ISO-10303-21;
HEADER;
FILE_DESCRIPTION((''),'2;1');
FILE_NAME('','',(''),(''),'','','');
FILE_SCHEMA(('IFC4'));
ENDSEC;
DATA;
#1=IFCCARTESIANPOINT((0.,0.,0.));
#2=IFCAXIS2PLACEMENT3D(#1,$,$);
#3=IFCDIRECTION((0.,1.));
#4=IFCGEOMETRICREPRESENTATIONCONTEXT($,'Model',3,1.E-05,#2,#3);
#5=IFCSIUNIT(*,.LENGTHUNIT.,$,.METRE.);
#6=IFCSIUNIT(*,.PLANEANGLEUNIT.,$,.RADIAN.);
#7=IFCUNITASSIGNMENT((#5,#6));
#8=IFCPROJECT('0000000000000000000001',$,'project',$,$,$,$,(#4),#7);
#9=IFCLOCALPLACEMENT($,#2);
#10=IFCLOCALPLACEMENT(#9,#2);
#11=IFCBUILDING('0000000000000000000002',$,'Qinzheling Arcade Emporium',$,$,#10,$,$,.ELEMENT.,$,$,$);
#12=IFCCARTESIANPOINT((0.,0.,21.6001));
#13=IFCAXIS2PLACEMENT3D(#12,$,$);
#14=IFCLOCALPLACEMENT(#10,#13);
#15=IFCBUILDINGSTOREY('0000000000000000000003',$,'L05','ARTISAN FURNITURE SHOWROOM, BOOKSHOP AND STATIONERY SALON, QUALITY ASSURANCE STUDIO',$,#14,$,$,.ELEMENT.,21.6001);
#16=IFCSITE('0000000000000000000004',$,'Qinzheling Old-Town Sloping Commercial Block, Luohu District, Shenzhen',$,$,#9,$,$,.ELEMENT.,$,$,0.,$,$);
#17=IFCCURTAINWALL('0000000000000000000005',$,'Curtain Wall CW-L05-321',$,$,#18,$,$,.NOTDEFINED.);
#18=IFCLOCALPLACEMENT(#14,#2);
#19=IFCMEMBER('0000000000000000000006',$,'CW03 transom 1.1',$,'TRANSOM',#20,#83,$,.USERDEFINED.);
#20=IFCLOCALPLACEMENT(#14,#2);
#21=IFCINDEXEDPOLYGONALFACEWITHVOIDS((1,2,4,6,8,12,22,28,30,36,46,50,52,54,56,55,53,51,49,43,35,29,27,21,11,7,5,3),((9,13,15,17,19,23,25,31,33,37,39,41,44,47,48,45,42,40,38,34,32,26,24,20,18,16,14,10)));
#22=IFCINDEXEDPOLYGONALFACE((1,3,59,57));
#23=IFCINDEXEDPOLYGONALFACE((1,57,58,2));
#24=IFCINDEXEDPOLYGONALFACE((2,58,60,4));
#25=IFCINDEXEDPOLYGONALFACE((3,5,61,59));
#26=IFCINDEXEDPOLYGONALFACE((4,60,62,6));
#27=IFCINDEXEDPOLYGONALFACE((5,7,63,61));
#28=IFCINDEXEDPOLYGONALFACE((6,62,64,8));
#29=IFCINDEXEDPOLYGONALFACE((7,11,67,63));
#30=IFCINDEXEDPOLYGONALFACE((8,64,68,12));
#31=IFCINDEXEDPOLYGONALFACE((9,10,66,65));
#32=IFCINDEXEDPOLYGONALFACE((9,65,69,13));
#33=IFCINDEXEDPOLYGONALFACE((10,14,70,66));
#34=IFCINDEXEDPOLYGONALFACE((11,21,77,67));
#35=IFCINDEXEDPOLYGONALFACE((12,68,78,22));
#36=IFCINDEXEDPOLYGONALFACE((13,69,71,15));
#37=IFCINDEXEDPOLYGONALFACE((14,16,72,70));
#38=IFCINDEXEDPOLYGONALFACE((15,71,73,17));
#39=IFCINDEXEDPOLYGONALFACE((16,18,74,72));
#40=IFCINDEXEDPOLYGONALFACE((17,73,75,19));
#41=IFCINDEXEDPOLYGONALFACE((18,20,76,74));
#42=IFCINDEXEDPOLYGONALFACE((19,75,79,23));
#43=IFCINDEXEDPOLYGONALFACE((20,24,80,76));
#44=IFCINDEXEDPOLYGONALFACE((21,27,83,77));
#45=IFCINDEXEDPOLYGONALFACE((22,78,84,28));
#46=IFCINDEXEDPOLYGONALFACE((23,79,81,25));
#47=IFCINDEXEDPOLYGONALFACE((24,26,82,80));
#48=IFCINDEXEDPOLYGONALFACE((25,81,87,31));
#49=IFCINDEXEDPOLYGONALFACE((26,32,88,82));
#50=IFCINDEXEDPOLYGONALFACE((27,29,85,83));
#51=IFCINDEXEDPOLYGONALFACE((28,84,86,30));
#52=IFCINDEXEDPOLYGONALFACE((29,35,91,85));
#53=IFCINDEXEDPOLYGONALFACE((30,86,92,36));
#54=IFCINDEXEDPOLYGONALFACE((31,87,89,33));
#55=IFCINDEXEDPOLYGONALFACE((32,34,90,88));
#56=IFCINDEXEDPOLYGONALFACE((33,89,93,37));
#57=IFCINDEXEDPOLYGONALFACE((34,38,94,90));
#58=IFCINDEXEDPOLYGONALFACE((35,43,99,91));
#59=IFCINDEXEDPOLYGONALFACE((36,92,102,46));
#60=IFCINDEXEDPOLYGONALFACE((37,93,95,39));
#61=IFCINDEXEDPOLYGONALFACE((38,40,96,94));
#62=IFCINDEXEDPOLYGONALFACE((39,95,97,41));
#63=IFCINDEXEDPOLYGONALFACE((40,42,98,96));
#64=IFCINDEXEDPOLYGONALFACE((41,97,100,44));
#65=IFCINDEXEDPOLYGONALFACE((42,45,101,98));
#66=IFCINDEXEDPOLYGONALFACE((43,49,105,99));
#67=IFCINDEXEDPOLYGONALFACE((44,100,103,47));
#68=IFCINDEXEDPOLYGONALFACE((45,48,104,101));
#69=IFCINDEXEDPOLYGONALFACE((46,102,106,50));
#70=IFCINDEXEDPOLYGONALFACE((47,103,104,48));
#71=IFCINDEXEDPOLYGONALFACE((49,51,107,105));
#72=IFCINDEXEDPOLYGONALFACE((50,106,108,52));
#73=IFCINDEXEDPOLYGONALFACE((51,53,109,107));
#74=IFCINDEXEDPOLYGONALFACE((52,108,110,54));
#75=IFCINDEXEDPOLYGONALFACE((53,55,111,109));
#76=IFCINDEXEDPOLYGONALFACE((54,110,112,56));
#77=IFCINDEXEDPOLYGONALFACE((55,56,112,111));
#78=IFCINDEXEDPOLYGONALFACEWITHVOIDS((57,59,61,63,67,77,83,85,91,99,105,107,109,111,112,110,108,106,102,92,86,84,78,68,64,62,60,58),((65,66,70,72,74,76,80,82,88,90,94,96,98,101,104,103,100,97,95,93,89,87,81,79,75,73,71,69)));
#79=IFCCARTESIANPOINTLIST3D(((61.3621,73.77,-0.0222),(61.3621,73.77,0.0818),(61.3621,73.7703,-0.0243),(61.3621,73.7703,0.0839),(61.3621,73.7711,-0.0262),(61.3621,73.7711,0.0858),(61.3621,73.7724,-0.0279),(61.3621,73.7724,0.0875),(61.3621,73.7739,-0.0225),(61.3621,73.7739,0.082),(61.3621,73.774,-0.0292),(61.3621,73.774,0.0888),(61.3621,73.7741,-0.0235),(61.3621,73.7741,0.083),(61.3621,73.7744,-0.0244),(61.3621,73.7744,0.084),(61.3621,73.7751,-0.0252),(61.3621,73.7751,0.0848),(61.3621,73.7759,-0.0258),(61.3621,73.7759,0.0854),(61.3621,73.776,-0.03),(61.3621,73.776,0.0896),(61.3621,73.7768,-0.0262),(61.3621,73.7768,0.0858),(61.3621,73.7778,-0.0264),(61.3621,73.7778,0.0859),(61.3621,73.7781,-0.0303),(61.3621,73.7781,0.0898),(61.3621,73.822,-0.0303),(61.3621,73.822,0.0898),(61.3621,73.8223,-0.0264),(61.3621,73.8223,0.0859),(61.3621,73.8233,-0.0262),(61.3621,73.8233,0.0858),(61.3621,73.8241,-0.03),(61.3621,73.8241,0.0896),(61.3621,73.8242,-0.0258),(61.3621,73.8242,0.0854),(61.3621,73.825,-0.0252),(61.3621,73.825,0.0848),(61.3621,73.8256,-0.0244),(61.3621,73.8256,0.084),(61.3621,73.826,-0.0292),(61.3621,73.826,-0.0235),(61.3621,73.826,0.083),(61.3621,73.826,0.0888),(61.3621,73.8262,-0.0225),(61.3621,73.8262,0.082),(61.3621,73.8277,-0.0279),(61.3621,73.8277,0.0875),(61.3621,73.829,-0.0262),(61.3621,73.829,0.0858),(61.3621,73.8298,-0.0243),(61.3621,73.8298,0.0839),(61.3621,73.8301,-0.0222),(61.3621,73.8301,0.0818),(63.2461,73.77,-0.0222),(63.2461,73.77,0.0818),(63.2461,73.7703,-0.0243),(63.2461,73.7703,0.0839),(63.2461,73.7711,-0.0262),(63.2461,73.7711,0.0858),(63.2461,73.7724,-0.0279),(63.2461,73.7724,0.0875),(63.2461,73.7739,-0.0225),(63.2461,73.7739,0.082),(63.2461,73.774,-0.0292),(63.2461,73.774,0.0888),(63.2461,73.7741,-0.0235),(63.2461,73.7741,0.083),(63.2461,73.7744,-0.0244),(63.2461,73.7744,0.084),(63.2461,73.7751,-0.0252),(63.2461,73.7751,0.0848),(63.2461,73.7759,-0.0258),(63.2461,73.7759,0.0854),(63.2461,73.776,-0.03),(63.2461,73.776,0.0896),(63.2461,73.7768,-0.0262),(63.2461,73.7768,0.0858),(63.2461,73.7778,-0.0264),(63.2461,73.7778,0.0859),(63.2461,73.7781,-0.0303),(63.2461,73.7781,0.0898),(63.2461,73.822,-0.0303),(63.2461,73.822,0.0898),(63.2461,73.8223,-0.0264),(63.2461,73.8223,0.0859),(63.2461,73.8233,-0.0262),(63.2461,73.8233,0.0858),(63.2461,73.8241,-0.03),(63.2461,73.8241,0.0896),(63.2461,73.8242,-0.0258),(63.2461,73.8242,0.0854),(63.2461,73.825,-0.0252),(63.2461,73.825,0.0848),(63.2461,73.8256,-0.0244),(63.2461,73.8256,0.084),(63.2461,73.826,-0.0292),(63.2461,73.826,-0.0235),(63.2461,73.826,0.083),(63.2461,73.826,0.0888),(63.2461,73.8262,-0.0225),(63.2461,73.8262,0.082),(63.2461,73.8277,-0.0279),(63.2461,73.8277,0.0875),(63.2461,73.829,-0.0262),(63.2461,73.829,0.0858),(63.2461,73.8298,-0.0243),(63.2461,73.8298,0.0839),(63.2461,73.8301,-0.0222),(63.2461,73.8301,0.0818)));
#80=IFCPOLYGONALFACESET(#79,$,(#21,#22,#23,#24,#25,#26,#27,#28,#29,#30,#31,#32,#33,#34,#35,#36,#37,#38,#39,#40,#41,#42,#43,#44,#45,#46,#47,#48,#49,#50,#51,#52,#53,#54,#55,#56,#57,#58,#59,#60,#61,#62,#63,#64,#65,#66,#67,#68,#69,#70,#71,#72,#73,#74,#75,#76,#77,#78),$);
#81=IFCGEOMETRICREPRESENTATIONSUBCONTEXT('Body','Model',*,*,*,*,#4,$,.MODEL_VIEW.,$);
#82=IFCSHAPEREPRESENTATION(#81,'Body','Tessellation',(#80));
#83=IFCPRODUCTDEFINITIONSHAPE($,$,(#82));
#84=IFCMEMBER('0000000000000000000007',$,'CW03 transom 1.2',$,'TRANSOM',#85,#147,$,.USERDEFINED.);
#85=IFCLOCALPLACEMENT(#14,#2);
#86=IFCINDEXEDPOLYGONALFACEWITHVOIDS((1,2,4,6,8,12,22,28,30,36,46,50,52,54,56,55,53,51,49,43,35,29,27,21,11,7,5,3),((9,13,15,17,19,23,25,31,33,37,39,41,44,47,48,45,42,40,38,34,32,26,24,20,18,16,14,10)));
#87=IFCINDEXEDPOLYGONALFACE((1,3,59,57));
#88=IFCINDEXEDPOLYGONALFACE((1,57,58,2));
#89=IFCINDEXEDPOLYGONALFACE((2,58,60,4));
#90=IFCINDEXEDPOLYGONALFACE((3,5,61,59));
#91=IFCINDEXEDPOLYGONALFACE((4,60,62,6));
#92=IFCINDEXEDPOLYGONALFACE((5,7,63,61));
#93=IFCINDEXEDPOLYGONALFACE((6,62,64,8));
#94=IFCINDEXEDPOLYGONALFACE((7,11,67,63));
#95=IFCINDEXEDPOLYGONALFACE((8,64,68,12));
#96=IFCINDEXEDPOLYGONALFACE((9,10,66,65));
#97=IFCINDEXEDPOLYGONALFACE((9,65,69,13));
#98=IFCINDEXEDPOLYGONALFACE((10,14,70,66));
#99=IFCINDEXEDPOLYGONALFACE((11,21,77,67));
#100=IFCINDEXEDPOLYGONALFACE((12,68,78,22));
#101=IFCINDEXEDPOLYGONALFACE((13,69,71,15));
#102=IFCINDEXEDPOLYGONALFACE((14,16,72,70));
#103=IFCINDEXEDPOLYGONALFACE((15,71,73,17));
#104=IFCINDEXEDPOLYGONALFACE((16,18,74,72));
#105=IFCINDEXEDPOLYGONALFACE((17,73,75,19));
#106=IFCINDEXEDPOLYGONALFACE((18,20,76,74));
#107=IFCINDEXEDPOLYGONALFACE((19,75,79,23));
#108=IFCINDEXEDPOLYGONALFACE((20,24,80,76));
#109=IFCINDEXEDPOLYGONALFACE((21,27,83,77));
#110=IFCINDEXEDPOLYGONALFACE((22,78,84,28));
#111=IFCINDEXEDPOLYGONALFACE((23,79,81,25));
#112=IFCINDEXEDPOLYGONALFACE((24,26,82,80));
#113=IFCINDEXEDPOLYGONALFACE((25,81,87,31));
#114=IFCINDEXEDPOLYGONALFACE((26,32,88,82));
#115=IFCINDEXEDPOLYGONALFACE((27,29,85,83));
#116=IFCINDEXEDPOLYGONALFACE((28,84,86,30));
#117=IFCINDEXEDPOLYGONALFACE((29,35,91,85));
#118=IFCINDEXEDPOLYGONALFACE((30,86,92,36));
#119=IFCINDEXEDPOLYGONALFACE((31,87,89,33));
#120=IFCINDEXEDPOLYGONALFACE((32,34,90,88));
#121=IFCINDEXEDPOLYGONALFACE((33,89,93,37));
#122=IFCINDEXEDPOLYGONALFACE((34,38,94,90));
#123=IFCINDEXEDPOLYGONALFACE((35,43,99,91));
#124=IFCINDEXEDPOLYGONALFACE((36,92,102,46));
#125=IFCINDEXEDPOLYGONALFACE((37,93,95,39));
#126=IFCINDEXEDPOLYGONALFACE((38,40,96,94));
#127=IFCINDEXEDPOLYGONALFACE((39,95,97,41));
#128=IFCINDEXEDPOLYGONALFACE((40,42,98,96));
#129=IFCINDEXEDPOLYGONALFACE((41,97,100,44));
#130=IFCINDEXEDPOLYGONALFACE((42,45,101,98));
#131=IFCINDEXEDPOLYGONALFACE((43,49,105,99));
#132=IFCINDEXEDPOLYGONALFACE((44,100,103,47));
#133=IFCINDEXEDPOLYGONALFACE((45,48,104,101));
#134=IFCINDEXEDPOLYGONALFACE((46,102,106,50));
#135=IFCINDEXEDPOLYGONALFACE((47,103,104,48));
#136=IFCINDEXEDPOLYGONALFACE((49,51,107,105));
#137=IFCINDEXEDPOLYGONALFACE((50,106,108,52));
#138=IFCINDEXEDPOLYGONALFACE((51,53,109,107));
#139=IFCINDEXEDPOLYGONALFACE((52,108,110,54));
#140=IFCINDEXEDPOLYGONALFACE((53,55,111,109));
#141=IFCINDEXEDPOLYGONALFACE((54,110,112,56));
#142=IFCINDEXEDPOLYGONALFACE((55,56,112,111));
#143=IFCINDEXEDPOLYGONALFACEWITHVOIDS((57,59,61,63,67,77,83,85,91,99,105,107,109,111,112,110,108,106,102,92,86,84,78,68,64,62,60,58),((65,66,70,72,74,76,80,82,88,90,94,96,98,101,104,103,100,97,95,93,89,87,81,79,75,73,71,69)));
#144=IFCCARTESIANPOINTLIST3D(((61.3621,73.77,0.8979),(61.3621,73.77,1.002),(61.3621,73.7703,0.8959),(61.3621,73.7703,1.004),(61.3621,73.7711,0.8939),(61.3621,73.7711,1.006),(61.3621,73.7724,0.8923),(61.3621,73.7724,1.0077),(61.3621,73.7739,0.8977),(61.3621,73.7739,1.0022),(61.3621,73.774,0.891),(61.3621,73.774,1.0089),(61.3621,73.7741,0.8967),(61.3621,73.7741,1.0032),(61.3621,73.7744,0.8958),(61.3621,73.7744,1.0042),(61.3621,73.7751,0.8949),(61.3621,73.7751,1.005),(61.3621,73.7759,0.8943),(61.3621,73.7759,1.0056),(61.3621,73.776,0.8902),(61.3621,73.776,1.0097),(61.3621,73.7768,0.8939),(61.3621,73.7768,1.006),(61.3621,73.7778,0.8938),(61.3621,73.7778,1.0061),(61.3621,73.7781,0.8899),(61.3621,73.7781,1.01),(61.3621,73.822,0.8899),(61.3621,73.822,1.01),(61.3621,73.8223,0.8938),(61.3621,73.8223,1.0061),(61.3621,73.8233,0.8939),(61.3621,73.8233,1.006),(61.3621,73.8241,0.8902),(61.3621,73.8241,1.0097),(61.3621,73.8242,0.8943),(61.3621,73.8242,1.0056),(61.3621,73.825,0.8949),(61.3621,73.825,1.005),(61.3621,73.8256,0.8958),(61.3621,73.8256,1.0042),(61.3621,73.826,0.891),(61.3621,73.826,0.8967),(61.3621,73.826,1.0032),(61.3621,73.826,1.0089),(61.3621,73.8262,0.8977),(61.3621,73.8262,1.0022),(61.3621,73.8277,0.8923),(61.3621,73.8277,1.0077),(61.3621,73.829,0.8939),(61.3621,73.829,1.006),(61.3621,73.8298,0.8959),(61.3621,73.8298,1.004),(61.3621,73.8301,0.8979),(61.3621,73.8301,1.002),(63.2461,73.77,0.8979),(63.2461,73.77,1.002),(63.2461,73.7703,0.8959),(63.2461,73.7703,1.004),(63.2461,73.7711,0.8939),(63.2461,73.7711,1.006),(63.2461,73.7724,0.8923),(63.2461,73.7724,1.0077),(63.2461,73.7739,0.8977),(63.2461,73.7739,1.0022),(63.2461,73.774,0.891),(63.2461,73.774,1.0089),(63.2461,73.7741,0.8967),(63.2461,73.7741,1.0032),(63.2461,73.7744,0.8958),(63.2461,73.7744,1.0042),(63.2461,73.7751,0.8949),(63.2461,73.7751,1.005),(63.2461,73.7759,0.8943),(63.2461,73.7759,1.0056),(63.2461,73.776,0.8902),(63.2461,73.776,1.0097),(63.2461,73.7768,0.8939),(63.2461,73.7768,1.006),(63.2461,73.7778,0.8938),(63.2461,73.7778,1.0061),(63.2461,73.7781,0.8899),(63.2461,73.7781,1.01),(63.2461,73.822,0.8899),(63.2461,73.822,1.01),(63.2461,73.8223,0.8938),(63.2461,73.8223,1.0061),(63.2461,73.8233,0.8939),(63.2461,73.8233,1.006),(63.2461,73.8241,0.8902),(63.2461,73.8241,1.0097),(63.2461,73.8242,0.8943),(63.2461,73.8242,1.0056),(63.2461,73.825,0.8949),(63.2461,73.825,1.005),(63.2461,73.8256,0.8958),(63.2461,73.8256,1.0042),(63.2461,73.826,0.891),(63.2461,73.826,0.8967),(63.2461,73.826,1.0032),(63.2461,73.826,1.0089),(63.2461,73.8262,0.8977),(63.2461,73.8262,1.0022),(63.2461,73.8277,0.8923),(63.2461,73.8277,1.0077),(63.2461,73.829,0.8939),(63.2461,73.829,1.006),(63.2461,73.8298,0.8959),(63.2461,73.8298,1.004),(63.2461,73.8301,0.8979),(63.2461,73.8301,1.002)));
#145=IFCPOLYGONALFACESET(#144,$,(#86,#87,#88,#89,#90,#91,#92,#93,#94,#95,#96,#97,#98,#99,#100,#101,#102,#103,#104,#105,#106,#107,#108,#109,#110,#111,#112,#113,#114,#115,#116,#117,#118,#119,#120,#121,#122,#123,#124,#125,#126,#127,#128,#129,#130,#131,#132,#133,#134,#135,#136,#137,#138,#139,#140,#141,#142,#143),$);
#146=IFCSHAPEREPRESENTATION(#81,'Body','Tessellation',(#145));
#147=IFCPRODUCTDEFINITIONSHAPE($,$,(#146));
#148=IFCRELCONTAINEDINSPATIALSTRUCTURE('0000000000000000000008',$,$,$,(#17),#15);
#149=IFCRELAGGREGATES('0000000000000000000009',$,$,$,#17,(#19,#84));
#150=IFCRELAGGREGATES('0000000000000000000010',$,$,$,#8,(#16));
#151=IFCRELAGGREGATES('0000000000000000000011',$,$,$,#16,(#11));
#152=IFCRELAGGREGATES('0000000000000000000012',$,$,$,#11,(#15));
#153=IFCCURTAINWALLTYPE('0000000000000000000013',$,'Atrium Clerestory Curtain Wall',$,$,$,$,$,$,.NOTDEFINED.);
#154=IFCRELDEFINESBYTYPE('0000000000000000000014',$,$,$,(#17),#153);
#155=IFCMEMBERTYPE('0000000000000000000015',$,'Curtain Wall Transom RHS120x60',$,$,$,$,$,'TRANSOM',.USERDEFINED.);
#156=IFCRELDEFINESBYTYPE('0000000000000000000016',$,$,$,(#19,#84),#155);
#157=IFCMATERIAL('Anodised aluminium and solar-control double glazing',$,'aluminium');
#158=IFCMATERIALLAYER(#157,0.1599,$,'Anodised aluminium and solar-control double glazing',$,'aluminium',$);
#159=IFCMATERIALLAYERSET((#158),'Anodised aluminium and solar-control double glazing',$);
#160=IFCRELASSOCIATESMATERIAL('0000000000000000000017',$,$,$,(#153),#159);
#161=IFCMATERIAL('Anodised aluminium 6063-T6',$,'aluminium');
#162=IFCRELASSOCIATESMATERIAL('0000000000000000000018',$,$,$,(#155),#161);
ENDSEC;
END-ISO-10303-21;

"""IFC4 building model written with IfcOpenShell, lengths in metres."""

from ifc_helpers import new_model, si_unit, direction, frame, origin, origin_2d, place, context, subcontext, project, spatial, hollow_rectangle, extrude, material, layer, layer_set, material_profile, profile_set, type_object, element, aggregate, save


model = new_model("IFC4")

# Units and contexts
model_context = context("Model", 3, precision=1e-05, world=origin(), true_north=direction((0.0, 1.0)))
body_context = subcontext(model_context, "Body", "Model", "MODEL_VIEW")
ifc_project = project(units=[si_unit("LENGTHUNIT", "METRE"), si_unit("PLANEANGLEUNIT", "RADIAN")], contexts=[model_context])

# Site, building, storey
site_placement = place(None, origin())
site = spatial("IfcSite", under=ifc_project, at=site_placement, Name="Qinzheling Old-Town Sloping Commercial Block, Luohu District, Shenzhen", CompositionType="ELEMENT", RefElevation=0.0)
building_placement = place(site_placement, origin())
building = spatial("IfcBuilding", under=site, at=building_placement, Name="Qinzheling Arcade Emporium", CompositionType="ELEMENT")
storey_placement = place(building_placement, frame((0.0, 0.0, 21.6001)))
storey = spatial("IfcBuildingStorey", under=building, at=storey_placement, Name="L05", Description="ARTISAN FURNITURE SHOWROOM, BOOKSHOP AND STATIONERY SALON, QUALITY ASSURANCE STUDIO", CompositionType="ELEMENT", Elevation=21.6001)

# Shared definitions
ifc_material_1 = material(Name="Anodised aluminium and solar-control double glazing", Category="aluminium")
ifc_layer_1 = layer(ifc_material_1, 0.1599, Name="Anodised aluminium and solar-control double glazing", Category="aluminium")
ifc_layer_set_1 = layer_set([ifc_layer_1], Name="Anodised aluminium and solar-control double glazing")
curtain_wall_type = type_object("IfcCurtainWallType", Name="Atrium Clerestory Curtain Wall", PredefinedType="NOTDEFINED", material=ifc_layer_set_1)
ifc_material_2 = material(Name="Anodised aluminium 6063-T6", Category="aluminium")

# Curtain wall
curtain_wall_1_placement = place(storey_placement, origin())
curtain_wall_1 = element("IfcCurtainWall", 1, at=curtain_wall_1_placement, inside=storey, type_object=curtain_wall_type, Name="Curtain Wall CW-L05-321", PredefinedType="NOTDEFINED")

# Members
ifc_material_profile_1 = material_profile(ifc_material_2, hollow_rectangle(XDim=0.0601, YDim=0.1201, WallThickness=0.0039, InnerFilletRadius=0.0039, OuterFilletRadius=0.0081, at=origin_2d()), Name="RHS 120x60x4", Category="aluminium")
ifc_profile_set_1 = profile_set([ifc_material_profile_1], Name="Anodised aluminium 6063-T6")
member_type_1 = type_object("IfcMemberType", Name="Curtain Wall Transom RHS120x60", ElementType="TRANSOM", PredefinedType="USERDEFINED", material=ifc_profile_set_1)
member_1_placement = place(storey_placement, frame((61.3621, 73.8, 0.0298), z_axis=(1.0, 0.0, 0.0), x_axis=(0.0, 1.0, 0.0)))
member_1 = element("IfcMember", 2, at=member_1_placement, type_object=member_type_1, Name="CW03 transom 1.1", ObjectType="TRANSOM", PredefinedType="USERDEFINED", context=body_context, shape_type="SweptSolid", body=[
    extrude(hollow_rectangle(XDim=0.0601, YDim=0.1201, WallThickness=0.0039, InnerFilletRadius=0.0039, OuterFilletRadius=0.0081, at=origin_2d()), origin(), (0.0, 0.0, 1.0), 1.884),
])
member_2_placement = place(storey_placement, frame((61.3621, 73.8, 0.95), z_axis=(1.0, 0.0, 0.0), x_axis=(0.0, 1.0, 0.0)))
member_2 = element("IfcMember", 3, at=member_2_placement, type_object=member_type_1, Name="CW03 transom 1.2", ObjectType="TRANSOM", PredefinedType="USERDEFINED", context=body_context, shape_type="SweptSolid", body=[
    extrude(hollow_rectangle(XDim=0.0601, YDim=0.1201, WallThickness=0.0039, InnerFilletRadius=0.0039, OuterFilletRadius=0.0081, at=origin_2d()), origin(), (0.0, 0.0, 1.0), 1.884),
])

aggregate(curtain_wall_1, [member_1, member_2])

save(model, "model.ifc")
